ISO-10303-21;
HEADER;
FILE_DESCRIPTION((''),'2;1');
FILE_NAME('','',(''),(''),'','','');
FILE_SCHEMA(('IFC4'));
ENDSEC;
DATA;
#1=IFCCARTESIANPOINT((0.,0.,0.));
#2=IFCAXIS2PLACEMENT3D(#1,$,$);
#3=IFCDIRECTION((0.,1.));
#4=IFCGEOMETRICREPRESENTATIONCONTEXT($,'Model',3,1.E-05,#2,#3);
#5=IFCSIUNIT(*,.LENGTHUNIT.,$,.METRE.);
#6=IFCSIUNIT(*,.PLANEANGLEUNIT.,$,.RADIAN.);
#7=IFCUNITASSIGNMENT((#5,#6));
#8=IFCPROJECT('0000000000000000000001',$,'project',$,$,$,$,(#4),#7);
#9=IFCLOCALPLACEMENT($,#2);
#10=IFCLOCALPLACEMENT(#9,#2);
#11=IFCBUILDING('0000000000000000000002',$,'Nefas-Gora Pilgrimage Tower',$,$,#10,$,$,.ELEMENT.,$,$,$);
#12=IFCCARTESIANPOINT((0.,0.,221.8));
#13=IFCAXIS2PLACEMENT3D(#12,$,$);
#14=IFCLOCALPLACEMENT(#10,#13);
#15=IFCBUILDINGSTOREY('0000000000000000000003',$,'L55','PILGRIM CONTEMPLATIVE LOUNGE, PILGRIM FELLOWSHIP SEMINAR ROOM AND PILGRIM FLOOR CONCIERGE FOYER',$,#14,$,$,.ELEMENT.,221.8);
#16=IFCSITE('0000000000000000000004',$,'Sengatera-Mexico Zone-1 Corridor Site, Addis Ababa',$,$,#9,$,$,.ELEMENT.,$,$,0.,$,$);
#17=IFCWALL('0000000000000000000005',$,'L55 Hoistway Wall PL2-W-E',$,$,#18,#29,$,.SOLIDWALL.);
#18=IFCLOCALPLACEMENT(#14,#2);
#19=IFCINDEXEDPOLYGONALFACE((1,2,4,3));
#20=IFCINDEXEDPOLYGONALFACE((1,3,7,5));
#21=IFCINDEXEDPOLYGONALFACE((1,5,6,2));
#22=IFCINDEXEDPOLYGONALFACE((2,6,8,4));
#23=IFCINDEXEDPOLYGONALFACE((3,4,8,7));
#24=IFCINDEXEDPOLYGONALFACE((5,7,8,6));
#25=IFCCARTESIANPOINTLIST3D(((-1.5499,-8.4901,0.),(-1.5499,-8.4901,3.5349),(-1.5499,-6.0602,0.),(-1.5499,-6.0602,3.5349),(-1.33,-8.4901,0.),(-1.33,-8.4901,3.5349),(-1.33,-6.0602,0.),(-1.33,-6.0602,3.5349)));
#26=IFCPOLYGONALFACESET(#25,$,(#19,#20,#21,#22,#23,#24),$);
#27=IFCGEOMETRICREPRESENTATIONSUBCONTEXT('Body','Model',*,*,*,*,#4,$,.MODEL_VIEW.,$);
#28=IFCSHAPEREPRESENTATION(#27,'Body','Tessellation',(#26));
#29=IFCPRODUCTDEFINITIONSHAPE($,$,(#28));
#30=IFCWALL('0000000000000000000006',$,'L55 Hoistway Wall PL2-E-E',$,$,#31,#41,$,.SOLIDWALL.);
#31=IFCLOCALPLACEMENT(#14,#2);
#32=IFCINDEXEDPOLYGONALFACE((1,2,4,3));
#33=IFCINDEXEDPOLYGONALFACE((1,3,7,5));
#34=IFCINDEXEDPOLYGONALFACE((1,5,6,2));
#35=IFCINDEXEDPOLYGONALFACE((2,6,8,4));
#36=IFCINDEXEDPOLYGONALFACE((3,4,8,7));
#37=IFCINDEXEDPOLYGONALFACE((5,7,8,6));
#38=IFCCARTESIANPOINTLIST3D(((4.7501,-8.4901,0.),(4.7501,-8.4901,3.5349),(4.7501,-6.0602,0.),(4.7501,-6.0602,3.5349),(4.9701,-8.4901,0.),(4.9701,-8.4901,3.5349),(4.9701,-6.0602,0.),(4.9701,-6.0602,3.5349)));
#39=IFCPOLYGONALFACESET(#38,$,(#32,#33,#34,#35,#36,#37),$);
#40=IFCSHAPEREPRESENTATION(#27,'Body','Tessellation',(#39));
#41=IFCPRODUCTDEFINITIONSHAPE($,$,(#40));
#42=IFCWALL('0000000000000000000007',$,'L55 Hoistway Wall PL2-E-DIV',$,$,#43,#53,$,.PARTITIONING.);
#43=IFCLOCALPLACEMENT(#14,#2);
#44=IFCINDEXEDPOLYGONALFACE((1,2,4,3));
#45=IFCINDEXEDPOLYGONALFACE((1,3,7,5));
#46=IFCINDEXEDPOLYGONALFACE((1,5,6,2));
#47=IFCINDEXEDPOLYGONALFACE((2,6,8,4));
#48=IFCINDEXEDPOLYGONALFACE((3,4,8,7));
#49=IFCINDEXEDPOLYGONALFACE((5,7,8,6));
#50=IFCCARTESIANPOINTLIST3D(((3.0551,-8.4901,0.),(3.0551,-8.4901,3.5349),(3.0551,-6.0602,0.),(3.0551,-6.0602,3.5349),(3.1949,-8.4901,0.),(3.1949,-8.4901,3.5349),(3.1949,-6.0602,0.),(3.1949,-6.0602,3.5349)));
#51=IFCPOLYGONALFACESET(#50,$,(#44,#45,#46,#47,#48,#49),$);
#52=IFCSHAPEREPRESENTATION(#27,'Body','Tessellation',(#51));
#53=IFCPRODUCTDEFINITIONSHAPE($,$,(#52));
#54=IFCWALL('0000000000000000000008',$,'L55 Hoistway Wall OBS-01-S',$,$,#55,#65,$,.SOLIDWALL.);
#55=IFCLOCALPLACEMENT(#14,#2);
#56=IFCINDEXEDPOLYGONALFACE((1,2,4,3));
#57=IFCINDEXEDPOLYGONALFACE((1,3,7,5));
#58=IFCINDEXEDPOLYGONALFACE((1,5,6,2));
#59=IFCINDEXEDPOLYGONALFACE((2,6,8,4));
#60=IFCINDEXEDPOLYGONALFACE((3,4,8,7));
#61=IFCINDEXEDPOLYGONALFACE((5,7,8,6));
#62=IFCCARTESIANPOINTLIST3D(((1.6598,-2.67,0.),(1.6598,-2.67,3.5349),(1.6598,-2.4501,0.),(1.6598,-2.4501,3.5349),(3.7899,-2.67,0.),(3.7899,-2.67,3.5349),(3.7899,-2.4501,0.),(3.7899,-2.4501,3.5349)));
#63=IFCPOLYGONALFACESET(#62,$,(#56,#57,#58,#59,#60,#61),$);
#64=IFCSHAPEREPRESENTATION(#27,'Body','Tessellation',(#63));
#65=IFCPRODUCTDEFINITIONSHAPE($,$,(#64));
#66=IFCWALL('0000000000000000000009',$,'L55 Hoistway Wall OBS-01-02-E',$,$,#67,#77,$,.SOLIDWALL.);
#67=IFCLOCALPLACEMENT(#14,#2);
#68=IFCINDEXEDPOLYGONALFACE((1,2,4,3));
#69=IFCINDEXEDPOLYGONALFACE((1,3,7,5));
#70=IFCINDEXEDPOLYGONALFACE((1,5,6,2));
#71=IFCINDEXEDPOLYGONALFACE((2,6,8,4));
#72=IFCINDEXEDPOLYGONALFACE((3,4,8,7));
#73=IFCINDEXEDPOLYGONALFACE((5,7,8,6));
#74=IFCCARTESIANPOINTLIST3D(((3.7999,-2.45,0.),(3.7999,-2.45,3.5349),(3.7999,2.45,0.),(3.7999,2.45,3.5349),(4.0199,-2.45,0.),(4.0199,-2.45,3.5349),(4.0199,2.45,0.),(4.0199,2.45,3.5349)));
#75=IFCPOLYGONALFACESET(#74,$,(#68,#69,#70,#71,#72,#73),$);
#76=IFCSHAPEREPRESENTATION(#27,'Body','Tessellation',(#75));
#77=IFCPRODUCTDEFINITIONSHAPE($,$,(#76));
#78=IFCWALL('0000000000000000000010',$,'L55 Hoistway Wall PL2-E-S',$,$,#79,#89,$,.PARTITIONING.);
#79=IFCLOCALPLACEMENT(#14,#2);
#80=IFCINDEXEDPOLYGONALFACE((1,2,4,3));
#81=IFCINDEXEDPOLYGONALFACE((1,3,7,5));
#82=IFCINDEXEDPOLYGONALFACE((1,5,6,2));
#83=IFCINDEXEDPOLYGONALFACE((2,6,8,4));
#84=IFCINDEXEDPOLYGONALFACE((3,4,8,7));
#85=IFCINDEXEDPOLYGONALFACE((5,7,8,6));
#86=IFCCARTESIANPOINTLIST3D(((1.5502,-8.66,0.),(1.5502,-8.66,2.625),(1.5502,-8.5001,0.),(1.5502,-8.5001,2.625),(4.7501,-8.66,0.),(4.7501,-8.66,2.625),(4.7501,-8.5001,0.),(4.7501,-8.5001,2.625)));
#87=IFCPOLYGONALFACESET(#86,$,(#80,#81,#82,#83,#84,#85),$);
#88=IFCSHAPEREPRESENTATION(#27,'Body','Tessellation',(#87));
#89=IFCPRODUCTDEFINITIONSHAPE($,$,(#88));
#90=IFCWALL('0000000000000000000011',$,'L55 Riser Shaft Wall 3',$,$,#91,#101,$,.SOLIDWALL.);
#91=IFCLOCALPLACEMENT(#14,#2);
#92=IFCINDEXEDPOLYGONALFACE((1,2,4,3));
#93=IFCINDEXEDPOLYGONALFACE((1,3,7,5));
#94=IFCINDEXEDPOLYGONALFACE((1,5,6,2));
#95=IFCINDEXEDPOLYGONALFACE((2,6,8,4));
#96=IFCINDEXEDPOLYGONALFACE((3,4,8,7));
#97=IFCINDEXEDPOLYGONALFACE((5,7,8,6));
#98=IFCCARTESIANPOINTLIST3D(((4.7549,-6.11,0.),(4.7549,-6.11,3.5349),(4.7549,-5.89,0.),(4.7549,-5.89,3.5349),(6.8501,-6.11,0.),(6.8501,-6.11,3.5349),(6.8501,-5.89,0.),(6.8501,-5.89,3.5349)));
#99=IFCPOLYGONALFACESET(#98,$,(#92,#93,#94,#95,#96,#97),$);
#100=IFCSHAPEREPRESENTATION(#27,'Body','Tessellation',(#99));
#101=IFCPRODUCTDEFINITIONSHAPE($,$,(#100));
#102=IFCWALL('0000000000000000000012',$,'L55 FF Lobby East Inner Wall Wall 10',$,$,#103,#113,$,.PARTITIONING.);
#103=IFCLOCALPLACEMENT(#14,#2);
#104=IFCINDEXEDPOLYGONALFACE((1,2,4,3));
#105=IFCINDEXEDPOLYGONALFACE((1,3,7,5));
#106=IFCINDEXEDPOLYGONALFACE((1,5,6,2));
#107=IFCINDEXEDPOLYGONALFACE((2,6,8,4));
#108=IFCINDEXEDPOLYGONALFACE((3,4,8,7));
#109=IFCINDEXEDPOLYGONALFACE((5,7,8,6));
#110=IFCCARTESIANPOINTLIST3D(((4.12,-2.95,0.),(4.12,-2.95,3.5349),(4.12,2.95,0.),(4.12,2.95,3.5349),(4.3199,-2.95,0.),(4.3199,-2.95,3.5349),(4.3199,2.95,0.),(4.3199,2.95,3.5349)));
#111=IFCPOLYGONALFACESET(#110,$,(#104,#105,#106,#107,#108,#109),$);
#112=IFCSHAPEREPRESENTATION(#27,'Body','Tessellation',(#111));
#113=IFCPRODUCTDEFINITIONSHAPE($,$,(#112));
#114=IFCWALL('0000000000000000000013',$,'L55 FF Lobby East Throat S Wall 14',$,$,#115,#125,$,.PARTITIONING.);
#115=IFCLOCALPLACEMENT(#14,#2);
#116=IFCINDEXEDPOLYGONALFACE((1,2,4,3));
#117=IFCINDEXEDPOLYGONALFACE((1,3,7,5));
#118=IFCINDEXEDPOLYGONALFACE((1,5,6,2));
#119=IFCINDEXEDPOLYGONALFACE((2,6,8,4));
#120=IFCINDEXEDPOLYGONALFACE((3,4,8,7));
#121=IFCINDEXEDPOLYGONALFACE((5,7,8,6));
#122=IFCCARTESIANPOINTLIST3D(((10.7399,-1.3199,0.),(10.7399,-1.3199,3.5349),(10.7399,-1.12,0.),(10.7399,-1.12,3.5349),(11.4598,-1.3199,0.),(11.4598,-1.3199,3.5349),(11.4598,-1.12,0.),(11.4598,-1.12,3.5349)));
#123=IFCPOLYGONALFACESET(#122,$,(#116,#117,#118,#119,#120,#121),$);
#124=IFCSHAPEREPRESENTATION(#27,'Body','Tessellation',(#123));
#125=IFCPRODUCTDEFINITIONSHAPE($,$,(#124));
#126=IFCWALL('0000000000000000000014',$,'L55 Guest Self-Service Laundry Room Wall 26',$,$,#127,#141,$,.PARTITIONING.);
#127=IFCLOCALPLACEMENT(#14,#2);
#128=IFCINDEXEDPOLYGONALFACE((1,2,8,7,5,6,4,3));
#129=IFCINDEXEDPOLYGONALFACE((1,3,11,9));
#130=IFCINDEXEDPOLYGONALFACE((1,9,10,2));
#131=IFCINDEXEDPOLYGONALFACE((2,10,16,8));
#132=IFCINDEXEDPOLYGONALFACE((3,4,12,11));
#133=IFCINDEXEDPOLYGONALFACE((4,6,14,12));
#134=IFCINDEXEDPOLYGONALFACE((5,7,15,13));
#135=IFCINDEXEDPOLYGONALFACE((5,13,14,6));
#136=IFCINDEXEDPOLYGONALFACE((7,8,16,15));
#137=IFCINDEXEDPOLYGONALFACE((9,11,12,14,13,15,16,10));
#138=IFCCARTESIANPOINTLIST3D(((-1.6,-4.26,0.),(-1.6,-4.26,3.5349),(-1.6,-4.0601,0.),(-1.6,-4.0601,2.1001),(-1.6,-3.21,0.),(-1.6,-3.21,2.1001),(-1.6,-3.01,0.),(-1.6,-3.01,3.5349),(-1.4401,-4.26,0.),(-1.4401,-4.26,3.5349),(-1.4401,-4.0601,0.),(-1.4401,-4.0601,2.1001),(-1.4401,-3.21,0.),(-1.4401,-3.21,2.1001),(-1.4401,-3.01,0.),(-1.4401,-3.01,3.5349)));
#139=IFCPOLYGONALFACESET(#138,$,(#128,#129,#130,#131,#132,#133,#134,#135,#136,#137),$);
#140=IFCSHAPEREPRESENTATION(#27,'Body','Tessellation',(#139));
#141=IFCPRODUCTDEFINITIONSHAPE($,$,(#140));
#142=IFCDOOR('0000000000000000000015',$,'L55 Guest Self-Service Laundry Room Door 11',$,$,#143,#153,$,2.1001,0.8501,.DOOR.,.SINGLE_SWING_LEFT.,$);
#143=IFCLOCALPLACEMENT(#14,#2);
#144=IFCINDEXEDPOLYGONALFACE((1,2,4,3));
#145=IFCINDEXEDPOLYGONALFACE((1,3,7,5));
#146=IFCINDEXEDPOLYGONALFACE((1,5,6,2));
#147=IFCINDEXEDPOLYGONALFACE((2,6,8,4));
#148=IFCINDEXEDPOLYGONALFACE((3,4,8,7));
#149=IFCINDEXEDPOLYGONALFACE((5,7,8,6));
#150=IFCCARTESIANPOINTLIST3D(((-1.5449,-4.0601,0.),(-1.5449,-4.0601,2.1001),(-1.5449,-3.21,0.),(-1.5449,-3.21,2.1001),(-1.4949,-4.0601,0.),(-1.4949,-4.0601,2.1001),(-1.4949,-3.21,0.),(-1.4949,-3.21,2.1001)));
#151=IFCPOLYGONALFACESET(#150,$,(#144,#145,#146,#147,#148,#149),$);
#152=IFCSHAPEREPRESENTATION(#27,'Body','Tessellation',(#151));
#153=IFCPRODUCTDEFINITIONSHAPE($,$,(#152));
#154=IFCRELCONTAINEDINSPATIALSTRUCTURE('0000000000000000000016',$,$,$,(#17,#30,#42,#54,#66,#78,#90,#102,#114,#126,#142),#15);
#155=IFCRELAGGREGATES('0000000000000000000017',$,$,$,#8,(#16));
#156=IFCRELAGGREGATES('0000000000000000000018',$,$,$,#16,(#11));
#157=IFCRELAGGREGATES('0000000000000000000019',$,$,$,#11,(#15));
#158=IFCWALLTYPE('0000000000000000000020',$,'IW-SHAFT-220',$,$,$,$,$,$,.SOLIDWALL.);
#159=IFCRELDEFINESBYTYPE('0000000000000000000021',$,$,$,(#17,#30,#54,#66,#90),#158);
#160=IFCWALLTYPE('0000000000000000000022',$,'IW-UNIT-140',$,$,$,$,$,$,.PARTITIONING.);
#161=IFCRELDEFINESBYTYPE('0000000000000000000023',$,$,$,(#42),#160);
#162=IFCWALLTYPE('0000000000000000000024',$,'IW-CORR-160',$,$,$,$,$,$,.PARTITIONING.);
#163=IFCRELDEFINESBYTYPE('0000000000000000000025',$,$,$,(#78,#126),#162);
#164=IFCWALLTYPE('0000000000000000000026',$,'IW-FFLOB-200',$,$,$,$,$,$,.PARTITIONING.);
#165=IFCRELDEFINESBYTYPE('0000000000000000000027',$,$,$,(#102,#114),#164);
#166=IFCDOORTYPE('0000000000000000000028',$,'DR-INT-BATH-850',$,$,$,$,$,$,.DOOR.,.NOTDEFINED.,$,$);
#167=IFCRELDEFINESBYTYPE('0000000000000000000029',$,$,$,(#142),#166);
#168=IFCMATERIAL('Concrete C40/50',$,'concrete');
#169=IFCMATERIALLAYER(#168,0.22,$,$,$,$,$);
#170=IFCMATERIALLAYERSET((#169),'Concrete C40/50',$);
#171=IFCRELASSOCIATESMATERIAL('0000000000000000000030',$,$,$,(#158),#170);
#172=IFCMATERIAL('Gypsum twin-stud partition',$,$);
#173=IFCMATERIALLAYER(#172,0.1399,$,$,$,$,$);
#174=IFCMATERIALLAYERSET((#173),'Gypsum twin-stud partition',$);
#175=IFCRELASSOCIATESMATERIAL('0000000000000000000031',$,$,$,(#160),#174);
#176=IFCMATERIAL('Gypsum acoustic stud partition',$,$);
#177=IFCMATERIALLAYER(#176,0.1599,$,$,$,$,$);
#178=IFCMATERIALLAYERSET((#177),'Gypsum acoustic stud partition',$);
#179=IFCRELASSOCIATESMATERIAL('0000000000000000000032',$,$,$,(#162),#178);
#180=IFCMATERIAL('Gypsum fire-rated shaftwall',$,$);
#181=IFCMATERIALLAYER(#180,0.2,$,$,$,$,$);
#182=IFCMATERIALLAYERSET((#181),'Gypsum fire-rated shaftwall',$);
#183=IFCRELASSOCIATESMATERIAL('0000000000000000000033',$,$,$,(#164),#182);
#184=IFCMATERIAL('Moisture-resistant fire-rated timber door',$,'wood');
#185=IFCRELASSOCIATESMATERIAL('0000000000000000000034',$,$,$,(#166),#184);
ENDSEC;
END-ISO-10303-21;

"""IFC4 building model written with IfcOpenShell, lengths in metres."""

from ifc_helpers import new_model, si_unit, direction, frame, frame_2d, origin, place, context, subcontext, project, spatial, rectangle, extrude, source, transform, mapped, material, layer, layer_set, type_object, element, fill, save


model = new_model("IFC4")

# Units and contexts
model_context = context("Model", 3, precision=1e-05, world=origin(), true_north=direction((0.0, 1.0)))
body_context = subcontext(model_context, "Body", "Model", "MODEL_VIEW")
ifc_project = project(units=[si_unit("LENGTHUNIT", "METRE"), si_unit("PLANEANGLEUNIT", "RADIAN")], contexts=[model_context])

# Site, building, storey
site_placement = place(None, origin())
site = spatial("IfcSite", under=ifc_project, at=site_placement, Name="Sengatera-Mexico Zone-1 Corridor Site, Addis Ababa", CompositionType="ELEMENT", RefElevation=0.0)
building_placement = place(site_placement, origin())
building = spatial("IfcBuilding", under=site, at=building_placement, Name="Nefas-Gora Pilgrimage Tower", CompositionType="ELEMENT")
storey_placement = place(building_placement, frame((0.0, 0.0, 221.8)))
storey = spatial("IfcBuildingStorey", under=building, at=storey_placement, Name="L55", Description="PILGRIM CONTEMPLATIVE LOUNGE, PILGRIM FELLOWSHIP SEMINAR ROOM AND PILGRIM FLOOR CONCIERGE FOYER", CompositionType="ELEMENT", Elevation=221.8)

# Shared definitions
ifc_material_1 = material(Name="Concrete C40/50", Category="concrete")
ifc_layer_1 = layer(ifc_material_1, 0.22)
ifc_layer_set_1 = layer_set([ifc_layer_1], Name="Concrete C40/50")
wall_type_1 = type_object("IfcWallType", Name="IW-SHAFT-220", PredefinedType="SOLIDWALL", material=ifc_layer_set_1)

# Walls
shared_shape_1 = source(origin(), body_context, "Body", "SweptSolid", [
    extrude(rectangle(XDim=2.4299, YDim=0.22, at=frame_2d((1.2148, 0.0))), origin(), (0.0, 0.0, 1.0), 3.5349),
])
for number, where, z_axis, x_axis, name in (
    (1, (-1.4399, -8.49, 0.0), (0.0, 0.0, 1.0), (0.0, 1.0, 0.0), "L55 Hoistway Wall PL2-W-E"),
    (2, (4.8601, -8.49, 0.0), (0.0, 0.0, 1.0), (0.0, 1.0, 0.0), "L55 Hoistway Wall PL2-E-E"),
):
    element("IfcWall", number, at=place(storey_placement, frame(where, z_axis=z_axis, x_axis=x_axis)), inside=storey, type_object=wall_type_1, Name=name, PredefinedType="SOLIDWALL", context=body_context, shape_type="MappedRepresentation", body=[
        mapped(shared_shape_1, transform((0.0, 0.0, 0.0), x_axis=(1.0, 0.0, 0.0), y_axis=(0.0, 1.0, 0.0), z_axis=(0.0, 0.0, 1.0), scale=1.0)),
    ])
ifc_material_2 = material(Name="Gypsum twin-stud partition")
ifc_layer_2 = layer(ifc_material_2, 0.1399)
ifc_layer_set_2 = layer_set([ifc_layer_2], Name="Gypsum twin-stud partition")
wall_type_2 = type_object("IfcWallType", Name="IW-UNIT-140", PredefinedType="PARTITIONING", material=ifc_layer_set_2)
shared_shape_2 = source(origin(), body_context, "Body", "SweptSolid", [
    extrude(rectangle(XDim=2.4299, YDim=0.1399, at=frame_2d((1.2148, 0.0))), origin(), (0.0, 0.0, 1.0), 3.5349),
])
wall_1_placement = place(storey_placement, frame((3.125, -8.49, 0.0), z_axis=(0.0, 0.0, 1.0), x_axis=(0.0, 1.0, 0.0)))
element("IfcWall", 3, at=wall_1_placement, inside=storey, type_object=wall_type_2, Name="L55 Hoistway Wall PL2-E-DIV", PredefinedType="PARTITIONING", context=body_context, shape_type="MappedRepresentation", body=[
    mapped(shared_shape_2, transform((0.0, 0.0, 0.0), x_axis=(1.0, 0.0, 0.0), y_axis=(0.0, 1.0, 0.0), z_axis=(0.0, 0.0, 1.0), scale=1.0)),
])
shared_shape_3 = source(origin(), body_context, "Body", "SweptSolid", [
    extrude(rectangle(XDim=2.1301, YDim=0.22, at=frame_2d((1.0649, 0.0))), origin(), (0.0, 0.0, 1.0), 3.5349),
])
wall_2_placement = place(storey_placement, frame((1.6599, -2.5601, 0.0), z_axis=(0.0, 0.0, 1.0), x_axis=(1.0, 0.0, 0.0)))
element("IfcWall", 4, at=wall_2_placement, inside=storey, type_object=wall_type_1, Name="L55 Hoistway Wall OBS-01-S", PredefinedType="SOLIDWALL", context=body_context, shape_type="MappedRepresentation", body=[
    mapped(shared_shape_3, transform((0.0, 0.0, 0.0), x_axis=(1.0, 0.0, 0.0), y_axis=(0.0, 1.0, 0.0), z_axis=(0.0, 0.0, 1.0), scale=1.0)),
])
shared_shape_4 = source(origin(), body_context, "Body", "SweptSolid", [
    extrude(rectangle(XDim=4.8999, YDim=0.22, at=frame_2d((2.45, 0.0))), origin(), (0.0, 0.0, 1.0), 3.5349),
])
wall_3_placement = place(storey_placement, frame((3.9099, -2.45, 0.0), z_axis=(0.0, 0.0, 1.0), x_axis=(0.0, 1.0, 0.0)))
element("IfcWall", 5, at=wall_3_placement, inside=storey, type_object=wall_type_1, Name="L55 Hoistway Wall OBS-01-02-E", PredefinedType="SOLIDWALL", context=body_context, shape_type="MappedRepresentation", body=[
    mapped(shared_shape_4, transform((0.0, 0.0, 0.0), x_axis=(1.0, 0.0, 0.0), y_axis=(0.0, 1.0, 0.0), z_axis=(0.0, 0.0, 1.0), scale=1.0)),
])
ifc_material_3 = material(Name="Gypsum acoustic stud partition")
ifc_layer_3 = layer(ifc_material_3, 0.1599)
ifc_layer_set_3 = layer_set([ifc_layer_3], Name="Gypsum acoustic stud partition")
wall_type_3 = type_object("IfcWallType", Name="IW-CORR-160", PredefinedType="PARTITIONING", material=ifc_layer_set_3)
shared_shape_5 = source(origin(), body_context, "Body", "SweptSolid", [
    extrude(rectangle(XDim=3.2, YDim=0.1599, at=frame_2d((1.6001, 0.0))), origin(), (0.0, 0.0, 1.0), 2.625),
])
wall_4_placement = place(storey_placement, frame((1.55, -8.5801, 0.0), z_axis=(0.0, 0.0, 1.0), x_axis=(1.0, 0.0, 0.0)))
element("IfcWall", 6, at=wall_4_placement, inside=storey, type_object=wall_type_3, Name="L55 Hoistway Wall PL2-E-S", PredefinedType="PARTITIONING", context=body_context, shape_type="MappedRepresentation", body=[
    mapped(shared_shape_5, transform((0.0, 0.0, 0.0), x_axis=(1.0, 0.0, 0.0), y_axis=(0.0, 1.0, 0.0), z_axis=(0.0, 0.0, 1.0), scale=1.0)),
])
shared_shape_6 = source(origin(), body_context, "Body", "SweptSolid", [
    extrude(rectangle(XDim=2.0952, YDim=0.22, at=frame_2d((1.0476, 0.0))), origin(), (0.0, 0.0, 1.0), 3.5349),
])
wall_5_placement = place(storey_placement, frame((4.7549, -6.0, 0.0), z_axis=(0.0, 0.0, 1.0), x_axis=(1.0, 0.0, 0.0)))
element("IfcWall", 7, at=wall_5_placement, inside=storey, type_object=wall_type_1, Name="L55 Riser Shaft Wall 3", PredefinedType="SOLIDWALL", context=body_context, shape_type="MappedRepresentation", body=[
    mapped(shared_shape_6, transform((0.0, 0.0, 0.0), x_axis=(1.0, 0.0, 0.0), y_axis=(0.0, 1.0, 0.0), z_axis=(0.0, 0.0, 1.0), scale=1.0)),
])
ifc_material_4 = material(Name="Gypsum fire-rated shaftwall")
ifc_layer_4 = layer(ifc_material_4, 0.2)
ifc_layer_set_4 = layer_set([ifc_layer_4], Name="Gypsum fire-rated shaftwall")
wall_type_4 = type_object("IfcWallType", Name="IW-FFLOB-200", PredefinedType="PARTITIONING", material=ifc_layer_set_4)
shared_shape_7 = source(origin(), body_context, "Body", "SweptSolid", [
    extrude(rectangle(XDim=5.8999, YDim=0.2, at=frame_2d((2.95, 0.0))), origin(), (0.0, 0.0, 1.0), 3.5349),
])
wall_6_placement = place(storey_placement, frame((4.22, -2.95, 0.0), z_axis=(0.0, 0.0, 1.0), x_axis=(0.0, 1.0, 0.0)))
element("IfcWall", 8, at=wall_6_placement, inside=storey, type_object=wall_type_4, Name="L55 FF Lobby East Inner Wall Wall 10", PredefinedType="PARTITIONING", context=body_context, shape_type="MappedRepresentation", body=[
    mapped(shared_shape_7, transform((0.0, 0.0, 0.0), x_axis=(1.0, 0.0, 0.0), y_axis=(0.0, 1.0, 0.0), z_axis=(0.0, 0.0, 1.0), scale=1.0)),
])
shared_shape_8 = source(origin(), body_context, "Body", "SweptSolid", [
    extrude(rectangle(XDim=0.72, YDim=0.2, at=frame_2d((0.3599, 0.0))), origin(), (0.0, 0.0, 1.0), 3.5349),
])
wall_7_placement = place(storey_placement, frame((10.74, -1.22, 0.0), z_axis=(0.0, 0.0, 1.0), x_axis=(1.0, 0.0, 0.0)))
element("IfcWall", 9, at=wall_7_placement, inside=storey, type_object=wall_type_4, Name="L55 FF Lobby East Throat S Wall 14", PredefinedType="PARTITIONING", context=body_context, shape_type="MappedRepresentation", body=[
    mapped(shared_shape_8, transform((0.0, 0.0, 0.0), x_axis=(1.0, 0.0, 0.0), y_axis=(0.0, 1.0, 0.0), z_axis=(0.0, 0.0, 1.0), scale=1.0)),
])

# Wall, opening, door
shared_shape_9 = source(origin(), body_context, "Body", "SweptSolid", [
    extrude(rectangle(XDim=1.25, YDim=0.1599, at=frame_2d((0.625, 0.0))), origin(), (0.0, 0.0, 1.0), 3.5349),
])
wall_8_placement = place(storey_placement, frame((-1.52, -4.26, 0.0), z_axis=(0.0, 0.0, 1.0), x_axis=(0.0, 1.0, 0.0)))
wall_8 = element("IfcWall", 10, at=wall_8_placement, inside=storey, type_object=wall_type_3, Name="L55 Guest Self-Service Laundry Room Wall 26", PredefinedType="PARTITIONING", context=body_context, shape_type="MappedRepresentation", body=[
    mapped(shared_shape_9, transform((0.0, 0.0, 0.0), x_axis=(1.0, 0.0, 0.0), y_axis=(0.0, 1.0, 0.0), z_axis=(0.0, 0.0, 1.0), scale=1.0)),
])
opening_1_placement = place(wall_8_placement, frame((0.2, 0.0, 0.0)))
opening_1 = element("IfcOpeningElement", 11, at=opening_1_placement, cuts=wall_8, PredefinedType="OPENING", context=body_context, shape_type="SweptSolid", body=[
    extrude(rectangle(XDim=0.8501, YDim=2.1001, at=frame_2d((0.425, 1.05))), frame((0.0, 0.0898, 0.0), z_axis=(0.0, -1.0, 0.0), x_axis=(1.0, 0.0, 0.0)), (0.0, 0.0, 1.0), 0.1799),
])
ifc_material_5 = material(Name="Moisture-resistant fire-rated timber door", Category="wood")
door_type_1 = type_object("IfcDoorType", Name="DR-INT-BATH-850", OperationType="NOTDEFINED", PredefinedType="DOOR", material=ifc_material_5)
shared_shape_10 = source(origin(), body_context, "Body", "SweptSolid", [
    extrude(rectangle(XDim=0.8501, YDim=2.1001, at=frame_2d((0.425, 1.05))), frame((0.0, 0.0249, 0.0), z_axis=(0.0, -1.0, 0.0), x_axis=(1.0, 0.0, 0.0)), (0.0, 0.0, 1.0), 0.05),
])
door_1_placement = place(opening_1_placement, origin())
door_1 = element("IfcDoor", 12, at=door_1_placement, inside=storey, type_object=door_type_1, Name="L55 Guest Self-Service Laundry Room Door 11", OperationType="SINGLE_SWING_LEFT", OverallHeight=2.1001, OverallWidth=0.8501, PredefinedType="DOOR", context=body_context, shape_type="MappedRepresentation", body=[
    mapped(shared_shape_10, transform((0.0, 0.0, 0.0), x_axis=(1.0, 0.0, 0.0), y_axis=(0.0, 1.0, 0.0), z_axis=(0.0, 0.0, 1.0), scale=1.0)),
])
fill(opening_1, door_1)

save(model, "model.ifc")
